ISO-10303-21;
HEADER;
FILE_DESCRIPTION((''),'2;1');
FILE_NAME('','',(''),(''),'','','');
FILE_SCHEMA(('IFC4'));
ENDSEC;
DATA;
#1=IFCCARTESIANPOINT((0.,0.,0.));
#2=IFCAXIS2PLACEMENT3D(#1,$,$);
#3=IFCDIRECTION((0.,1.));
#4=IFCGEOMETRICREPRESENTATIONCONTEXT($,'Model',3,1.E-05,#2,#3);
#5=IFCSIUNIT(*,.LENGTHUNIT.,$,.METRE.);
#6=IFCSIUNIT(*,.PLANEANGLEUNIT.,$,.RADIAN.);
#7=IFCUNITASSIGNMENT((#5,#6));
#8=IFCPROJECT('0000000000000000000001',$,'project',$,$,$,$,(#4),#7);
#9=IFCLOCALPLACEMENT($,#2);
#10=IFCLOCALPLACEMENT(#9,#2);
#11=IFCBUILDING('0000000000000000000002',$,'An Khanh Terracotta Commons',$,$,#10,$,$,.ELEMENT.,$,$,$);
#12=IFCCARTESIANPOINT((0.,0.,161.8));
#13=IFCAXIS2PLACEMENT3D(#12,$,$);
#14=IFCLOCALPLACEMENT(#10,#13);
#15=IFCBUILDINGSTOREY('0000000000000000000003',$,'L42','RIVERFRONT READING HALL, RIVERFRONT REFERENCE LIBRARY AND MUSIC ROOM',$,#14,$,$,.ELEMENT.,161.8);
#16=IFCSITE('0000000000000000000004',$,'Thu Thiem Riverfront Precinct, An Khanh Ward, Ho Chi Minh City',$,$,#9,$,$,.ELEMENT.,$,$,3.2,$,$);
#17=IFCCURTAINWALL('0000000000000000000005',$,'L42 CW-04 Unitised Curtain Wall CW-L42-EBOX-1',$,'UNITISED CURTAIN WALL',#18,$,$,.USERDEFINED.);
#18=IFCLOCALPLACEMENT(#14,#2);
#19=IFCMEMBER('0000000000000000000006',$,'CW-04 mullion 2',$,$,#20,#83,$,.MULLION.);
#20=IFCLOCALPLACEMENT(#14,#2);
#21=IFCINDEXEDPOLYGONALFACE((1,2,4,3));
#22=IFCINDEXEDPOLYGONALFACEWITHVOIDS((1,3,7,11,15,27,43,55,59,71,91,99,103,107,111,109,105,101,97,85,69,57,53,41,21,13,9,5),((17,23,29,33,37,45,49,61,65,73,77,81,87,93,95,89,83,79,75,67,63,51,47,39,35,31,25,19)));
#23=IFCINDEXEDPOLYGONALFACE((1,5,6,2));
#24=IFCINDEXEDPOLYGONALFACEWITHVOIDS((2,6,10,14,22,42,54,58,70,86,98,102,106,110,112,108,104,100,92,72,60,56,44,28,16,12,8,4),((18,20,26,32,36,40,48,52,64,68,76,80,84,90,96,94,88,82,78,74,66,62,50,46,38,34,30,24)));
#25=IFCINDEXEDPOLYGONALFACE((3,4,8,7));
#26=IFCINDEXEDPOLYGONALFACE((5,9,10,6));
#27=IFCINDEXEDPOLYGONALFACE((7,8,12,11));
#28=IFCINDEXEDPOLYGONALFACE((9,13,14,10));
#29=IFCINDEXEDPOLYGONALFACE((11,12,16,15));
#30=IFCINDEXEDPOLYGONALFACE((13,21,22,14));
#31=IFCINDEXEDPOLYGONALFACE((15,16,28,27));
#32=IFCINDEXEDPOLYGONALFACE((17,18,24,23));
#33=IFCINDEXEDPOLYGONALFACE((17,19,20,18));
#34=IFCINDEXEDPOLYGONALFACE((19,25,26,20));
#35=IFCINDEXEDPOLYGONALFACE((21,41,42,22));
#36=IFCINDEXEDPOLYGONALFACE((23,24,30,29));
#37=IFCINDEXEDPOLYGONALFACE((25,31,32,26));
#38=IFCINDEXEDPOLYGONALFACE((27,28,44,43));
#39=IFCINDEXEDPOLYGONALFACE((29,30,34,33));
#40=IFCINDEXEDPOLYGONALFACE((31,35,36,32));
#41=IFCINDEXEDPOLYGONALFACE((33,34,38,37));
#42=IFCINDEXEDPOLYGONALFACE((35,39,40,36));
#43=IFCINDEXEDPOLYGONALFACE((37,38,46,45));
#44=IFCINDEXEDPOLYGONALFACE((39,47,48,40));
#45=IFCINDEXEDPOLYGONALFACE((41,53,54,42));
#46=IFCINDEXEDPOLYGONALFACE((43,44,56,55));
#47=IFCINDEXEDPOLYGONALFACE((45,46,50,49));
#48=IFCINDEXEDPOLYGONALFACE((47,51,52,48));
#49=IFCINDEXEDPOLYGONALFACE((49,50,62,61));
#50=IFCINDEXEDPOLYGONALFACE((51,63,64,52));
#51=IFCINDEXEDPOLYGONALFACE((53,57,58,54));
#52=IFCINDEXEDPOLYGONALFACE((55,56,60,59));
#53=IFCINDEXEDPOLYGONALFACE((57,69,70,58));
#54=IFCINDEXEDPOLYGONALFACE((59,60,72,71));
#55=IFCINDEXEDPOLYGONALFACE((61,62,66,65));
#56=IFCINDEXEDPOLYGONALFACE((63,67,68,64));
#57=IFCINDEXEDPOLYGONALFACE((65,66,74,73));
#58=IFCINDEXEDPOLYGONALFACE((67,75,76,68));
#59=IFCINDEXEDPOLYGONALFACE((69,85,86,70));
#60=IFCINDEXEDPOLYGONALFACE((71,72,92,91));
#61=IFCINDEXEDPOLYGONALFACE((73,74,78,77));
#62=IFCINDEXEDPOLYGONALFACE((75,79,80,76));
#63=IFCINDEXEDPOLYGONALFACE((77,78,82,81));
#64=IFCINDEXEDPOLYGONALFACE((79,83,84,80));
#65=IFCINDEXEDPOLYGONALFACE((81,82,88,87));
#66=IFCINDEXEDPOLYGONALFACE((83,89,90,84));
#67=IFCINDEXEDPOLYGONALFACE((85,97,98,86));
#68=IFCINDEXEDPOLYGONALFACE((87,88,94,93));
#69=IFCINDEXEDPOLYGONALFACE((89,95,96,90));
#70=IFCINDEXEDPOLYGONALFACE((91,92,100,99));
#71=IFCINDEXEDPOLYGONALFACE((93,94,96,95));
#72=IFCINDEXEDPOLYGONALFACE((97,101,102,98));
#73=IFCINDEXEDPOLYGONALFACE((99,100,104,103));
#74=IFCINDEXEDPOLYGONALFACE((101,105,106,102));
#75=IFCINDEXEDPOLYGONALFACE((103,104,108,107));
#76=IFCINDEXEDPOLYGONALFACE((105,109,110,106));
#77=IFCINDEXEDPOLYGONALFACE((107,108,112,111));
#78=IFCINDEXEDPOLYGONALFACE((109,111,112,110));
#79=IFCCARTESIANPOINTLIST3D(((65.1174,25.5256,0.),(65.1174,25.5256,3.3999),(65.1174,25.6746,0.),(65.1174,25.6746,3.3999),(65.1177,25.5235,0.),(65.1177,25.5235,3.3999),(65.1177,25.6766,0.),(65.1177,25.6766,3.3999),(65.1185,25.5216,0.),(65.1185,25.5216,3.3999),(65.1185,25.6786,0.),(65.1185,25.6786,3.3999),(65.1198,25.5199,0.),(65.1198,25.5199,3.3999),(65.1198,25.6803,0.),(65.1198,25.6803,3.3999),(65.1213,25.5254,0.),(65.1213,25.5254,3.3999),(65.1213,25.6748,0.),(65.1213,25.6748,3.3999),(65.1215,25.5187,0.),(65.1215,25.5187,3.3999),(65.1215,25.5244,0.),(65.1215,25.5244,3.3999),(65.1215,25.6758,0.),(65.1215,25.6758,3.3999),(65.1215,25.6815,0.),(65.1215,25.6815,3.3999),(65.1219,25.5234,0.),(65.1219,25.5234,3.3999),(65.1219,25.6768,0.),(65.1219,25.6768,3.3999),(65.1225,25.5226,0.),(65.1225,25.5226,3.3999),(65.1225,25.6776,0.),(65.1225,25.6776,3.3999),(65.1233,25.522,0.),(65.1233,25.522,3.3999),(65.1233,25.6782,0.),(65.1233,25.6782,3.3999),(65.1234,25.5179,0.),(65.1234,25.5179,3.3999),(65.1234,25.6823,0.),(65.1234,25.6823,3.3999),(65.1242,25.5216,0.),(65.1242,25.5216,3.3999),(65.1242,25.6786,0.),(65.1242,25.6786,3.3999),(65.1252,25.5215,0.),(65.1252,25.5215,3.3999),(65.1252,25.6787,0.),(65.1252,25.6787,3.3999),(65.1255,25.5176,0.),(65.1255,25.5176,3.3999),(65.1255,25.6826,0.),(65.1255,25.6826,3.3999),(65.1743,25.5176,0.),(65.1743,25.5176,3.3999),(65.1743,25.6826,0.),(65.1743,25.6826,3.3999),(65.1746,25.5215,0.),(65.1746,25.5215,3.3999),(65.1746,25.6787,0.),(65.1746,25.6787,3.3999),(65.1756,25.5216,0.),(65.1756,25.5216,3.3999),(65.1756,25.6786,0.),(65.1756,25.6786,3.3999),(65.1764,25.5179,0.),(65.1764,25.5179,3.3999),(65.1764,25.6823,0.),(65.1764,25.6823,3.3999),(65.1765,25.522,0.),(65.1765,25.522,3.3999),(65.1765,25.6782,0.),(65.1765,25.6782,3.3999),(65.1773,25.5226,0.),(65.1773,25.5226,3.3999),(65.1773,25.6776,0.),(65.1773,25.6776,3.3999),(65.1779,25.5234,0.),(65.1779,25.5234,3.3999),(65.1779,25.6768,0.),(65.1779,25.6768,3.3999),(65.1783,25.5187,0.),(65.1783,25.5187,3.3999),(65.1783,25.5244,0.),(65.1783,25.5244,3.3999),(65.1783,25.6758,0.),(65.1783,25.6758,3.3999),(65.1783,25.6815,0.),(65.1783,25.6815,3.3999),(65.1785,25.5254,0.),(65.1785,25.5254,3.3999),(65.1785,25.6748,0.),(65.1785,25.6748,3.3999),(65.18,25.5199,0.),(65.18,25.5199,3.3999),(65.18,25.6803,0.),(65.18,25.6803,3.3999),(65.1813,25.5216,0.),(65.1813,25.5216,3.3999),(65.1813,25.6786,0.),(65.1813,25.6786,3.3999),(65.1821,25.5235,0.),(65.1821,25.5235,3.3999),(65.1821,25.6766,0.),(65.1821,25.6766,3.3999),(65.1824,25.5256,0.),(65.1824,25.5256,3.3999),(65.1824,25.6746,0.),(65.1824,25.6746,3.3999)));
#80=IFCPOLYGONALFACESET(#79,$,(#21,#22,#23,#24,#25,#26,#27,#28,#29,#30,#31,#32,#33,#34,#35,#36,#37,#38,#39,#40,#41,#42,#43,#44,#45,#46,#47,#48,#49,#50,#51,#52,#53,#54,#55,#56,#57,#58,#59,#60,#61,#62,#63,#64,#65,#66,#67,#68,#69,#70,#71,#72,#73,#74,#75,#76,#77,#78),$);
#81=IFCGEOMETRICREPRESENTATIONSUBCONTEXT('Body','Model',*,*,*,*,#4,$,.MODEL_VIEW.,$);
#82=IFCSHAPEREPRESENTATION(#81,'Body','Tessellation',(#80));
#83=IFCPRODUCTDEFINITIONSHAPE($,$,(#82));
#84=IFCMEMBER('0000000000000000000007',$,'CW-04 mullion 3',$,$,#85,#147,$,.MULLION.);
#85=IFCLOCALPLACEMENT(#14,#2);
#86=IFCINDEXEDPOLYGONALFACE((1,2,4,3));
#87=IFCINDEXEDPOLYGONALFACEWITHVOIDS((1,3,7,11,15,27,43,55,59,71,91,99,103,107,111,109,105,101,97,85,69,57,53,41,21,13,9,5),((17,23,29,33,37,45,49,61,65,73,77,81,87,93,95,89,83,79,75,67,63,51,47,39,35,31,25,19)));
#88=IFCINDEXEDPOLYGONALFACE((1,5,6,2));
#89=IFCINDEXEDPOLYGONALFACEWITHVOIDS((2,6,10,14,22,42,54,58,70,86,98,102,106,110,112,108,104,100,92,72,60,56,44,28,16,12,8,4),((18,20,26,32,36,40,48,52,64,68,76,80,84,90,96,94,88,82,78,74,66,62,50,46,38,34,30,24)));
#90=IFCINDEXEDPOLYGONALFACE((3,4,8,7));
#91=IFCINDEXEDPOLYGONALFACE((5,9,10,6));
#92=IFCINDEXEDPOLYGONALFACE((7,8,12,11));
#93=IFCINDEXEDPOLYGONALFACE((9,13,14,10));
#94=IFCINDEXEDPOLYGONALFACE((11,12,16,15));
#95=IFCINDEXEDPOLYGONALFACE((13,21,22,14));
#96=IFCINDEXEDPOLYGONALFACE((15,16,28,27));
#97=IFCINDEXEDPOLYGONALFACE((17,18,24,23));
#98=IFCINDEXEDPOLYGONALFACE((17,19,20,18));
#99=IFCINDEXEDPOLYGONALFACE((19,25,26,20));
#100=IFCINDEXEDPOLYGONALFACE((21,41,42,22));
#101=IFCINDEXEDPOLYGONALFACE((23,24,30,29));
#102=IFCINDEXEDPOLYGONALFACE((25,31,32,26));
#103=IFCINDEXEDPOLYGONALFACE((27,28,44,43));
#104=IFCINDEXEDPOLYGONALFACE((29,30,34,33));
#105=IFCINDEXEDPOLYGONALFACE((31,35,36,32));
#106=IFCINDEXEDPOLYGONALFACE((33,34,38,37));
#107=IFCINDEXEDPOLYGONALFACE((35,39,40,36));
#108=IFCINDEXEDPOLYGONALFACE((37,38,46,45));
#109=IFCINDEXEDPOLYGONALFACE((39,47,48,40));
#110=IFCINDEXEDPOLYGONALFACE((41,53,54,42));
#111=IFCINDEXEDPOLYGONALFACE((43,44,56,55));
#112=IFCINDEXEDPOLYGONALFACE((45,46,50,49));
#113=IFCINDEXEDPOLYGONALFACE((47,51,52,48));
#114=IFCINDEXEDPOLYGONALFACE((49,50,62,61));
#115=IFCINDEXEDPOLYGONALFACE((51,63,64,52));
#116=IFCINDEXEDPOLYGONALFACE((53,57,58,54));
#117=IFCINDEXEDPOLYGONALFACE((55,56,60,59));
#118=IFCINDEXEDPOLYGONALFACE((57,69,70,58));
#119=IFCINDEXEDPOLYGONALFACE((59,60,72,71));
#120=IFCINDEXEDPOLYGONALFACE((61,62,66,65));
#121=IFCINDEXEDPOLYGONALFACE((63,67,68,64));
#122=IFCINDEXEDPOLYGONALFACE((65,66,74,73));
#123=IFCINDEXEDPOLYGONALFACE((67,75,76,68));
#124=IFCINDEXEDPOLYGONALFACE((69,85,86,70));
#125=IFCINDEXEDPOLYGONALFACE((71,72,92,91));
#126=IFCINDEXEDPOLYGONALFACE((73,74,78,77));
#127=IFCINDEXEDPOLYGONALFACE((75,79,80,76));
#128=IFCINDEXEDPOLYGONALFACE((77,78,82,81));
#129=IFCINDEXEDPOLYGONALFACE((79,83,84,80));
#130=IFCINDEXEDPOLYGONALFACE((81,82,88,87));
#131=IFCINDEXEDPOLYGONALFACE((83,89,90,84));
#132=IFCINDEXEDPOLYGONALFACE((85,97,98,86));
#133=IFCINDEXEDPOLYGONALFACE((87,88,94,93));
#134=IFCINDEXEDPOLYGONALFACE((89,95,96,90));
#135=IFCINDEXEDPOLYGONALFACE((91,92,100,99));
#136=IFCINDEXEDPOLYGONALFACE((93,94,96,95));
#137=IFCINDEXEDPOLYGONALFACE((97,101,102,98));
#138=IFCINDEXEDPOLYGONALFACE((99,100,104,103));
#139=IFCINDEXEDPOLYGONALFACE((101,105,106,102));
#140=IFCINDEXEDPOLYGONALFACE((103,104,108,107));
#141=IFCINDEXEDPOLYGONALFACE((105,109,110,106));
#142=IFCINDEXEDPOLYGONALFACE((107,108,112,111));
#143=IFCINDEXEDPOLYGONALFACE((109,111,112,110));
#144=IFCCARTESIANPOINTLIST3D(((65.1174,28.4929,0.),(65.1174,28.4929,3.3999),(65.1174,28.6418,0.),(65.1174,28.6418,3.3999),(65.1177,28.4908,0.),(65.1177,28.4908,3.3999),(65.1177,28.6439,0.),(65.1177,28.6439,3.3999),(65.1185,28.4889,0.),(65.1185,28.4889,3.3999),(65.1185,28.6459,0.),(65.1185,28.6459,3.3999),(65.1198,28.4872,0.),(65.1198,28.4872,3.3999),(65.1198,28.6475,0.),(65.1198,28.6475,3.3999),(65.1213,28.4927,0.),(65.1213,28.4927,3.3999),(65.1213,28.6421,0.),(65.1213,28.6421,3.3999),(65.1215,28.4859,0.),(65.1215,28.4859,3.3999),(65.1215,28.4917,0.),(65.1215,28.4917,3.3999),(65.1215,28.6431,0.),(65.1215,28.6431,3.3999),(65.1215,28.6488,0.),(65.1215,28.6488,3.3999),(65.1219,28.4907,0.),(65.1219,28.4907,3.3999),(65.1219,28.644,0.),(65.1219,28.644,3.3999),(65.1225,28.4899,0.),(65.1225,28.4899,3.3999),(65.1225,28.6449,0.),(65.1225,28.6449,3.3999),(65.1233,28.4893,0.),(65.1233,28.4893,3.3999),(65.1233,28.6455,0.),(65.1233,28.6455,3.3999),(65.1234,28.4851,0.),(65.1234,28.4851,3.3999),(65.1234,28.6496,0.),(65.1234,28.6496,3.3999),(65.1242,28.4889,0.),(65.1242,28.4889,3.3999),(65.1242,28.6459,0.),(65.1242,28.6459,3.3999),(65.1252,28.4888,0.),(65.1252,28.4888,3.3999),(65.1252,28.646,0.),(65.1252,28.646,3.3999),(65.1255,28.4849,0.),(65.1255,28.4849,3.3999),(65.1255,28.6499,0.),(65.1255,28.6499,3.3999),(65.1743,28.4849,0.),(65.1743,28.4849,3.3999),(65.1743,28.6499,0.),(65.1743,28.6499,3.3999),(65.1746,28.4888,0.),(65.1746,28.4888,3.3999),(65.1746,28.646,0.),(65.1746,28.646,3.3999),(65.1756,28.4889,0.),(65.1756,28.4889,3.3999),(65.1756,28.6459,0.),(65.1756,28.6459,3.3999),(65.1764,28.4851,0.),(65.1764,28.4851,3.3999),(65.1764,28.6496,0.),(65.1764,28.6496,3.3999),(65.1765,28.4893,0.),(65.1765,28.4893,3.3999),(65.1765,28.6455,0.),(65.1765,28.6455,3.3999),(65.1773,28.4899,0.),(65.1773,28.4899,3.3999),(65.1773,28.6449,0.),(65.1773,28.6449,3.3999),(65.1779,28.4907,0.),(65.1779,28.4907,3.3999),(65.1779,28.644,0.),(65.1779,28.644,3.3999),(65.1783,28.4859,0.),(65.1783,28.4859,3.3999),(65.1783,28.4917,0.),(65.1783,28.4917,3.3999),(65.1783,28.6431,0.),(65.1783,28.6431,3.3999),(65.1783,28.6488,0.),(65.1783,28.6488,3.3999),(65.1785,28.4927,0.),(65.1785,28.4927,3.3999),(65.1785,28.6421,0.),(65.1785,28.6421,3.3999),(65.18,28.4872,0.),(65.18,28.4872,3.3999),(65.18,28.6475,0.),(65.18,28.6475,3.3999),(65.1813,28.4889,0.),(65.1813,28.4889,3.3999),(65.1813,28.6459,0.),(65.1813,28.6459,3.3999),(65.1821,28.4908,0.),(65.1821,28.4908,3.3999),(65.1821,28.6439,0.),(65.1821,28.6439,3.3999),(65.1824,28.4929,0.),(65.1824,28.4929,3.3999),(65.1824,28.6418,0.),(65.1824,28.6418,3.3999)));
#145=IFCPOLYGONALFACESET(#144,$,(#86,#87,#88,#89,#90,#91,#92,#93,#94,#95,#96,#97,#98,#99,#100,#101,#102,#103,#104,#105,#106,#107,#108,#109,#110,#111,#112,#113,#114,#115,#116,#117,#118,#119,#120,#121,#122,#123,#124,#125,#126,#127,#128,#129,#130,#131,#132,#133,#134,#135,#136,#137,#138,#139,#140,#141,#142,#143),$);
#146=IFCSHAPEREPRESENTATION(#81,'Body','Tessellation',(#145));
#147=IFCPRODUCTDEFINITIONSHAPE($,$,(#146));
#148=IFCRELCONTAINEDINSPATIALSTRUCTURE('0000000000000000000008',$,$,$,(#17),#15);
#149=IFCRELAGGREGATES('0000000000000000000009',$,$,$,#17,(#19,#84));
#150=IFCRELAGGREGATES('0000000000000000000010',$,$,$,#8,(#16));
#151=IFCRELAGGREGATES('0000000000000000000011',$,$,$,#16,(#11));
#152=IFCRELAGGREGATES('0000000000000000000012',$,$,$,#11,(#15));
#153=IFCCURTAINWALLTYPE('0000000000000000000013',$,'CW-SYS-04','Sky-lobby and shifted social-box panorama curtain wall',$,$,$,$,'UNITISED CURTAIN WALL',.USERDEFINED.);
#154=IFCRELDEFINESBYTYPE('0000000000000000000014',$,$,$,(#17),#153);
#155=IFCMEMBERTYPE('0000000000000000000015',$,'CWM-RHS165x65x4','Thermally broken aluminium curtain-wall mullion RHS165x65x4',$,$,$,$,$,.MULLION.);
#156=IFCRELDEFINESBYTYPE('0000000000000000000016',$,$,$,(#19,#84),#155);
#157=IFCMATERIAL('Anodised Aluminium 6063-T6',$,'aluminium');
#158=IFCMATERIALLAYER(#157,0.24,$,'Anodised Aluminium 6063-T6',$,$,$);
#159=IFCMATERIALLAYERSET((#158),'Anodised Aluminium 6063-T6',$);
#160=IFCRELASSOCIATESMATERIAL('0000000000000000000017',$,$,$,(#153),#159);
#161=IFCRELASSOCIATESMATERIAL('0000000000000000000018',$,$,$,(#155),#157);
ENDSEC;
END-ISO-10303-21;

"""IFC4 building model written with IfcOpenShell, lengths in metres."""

from ifc_helpers import new_model, si_unit, direction, frame, origin, origin_2d, place, context, subcontext, project, spatial, hollow_rectangle, extrude, material, layer, layer_set, material_profile, profile_set, type_object, element, aggregate, save


model = new_model("IFC4")

# Units and contexts
model_context = context("Model", 3, precision=1e-05, world=origin(), true_north=direction((0.0, 1.0)))
body_context = subcontext(model_context, "Body", "Model", "MODEL_VIEW")
ifc_project = project(units=[si_unit("LENGTHUNIT", "METRE"), si_unit("PLANEANGLEUNIT", "RADIAN")], contexts=[model_context])

# Site, building, storey
site_placement = place(None, origin())
site = spatial("IfcSite", under=ifc_project, at=site_placement, Name="Thu Thiem Riverfront Precinct, An Khanh Ward, Ho Chi Minh City", CompositionType="ELEMENT", RefElevation=3.2)
building_placement = place(site_placement, origin())
building = spatial("IfcBuilding", under=site, at=building_placement, Name="An Khanh Terracotta Commons", CompositionType="ELEMENT")
storey_placement = place(building_placement, frame((0.0, 0.0, 161.8)))
storey = spatial("IfcBuildingStorey", under=building, at=storey_placement, Name="L42", Description="RIVERFRONT READING HALL, RIVERFRONT REFERENCE LIBRARY AND MUSIC ROOM", CompositionType="ELEMENT", Elevation=161.8)

# Curtain wall, members
ifc_material_1 = material(Name="Anodised Aluminium 6063-T6", Category="aluminium")
ifc_layer_1 = layer(ifc_material_1, 0.24, Name="Anodised Aluminium 6063-T6")
ifc_layer_set_1 = layer_set([ifc_layer_1], Name="Anodised Aluminium 6063-T6")
curtain_wall_type_1 = type_object("IfcCurtainWallType", Name="CW-SYS-04", Description="Sky-lobby and shifted social-box panorama curtain wall", ElementType="UNITISED CURTAIN WALL", PredefinedType="USERDEFINED", material=ifc_layer_set_1)
curtain_wall_1_placement = place(storey_placement, origin())
curtain_wall_1 = element("IfcCurtainWall", 1, at=curtain_wall_1_placement, inside=storey, type_object=curtain_wall_type_1, Name="L42 CW-04 Unitised Curtain Wall CW-L42-EBOX-1", ObjectType="UNITISED CURTAIN WALL", PredefinedType="USERDEFINED")
ifc_material_profile_1 = material_profile(ifc_material_1, hollow_rectangle(XDim=0.0649, YDim=0.165, WallThickness=0.0039, InnerFilletRadius=0.0039, OuterFilletRadius=0.0081, at=origin_2d()), Name="RHS165x65x4")
ifc_profile_set_1 = profile_set([ifc_material_profile_1], Name="Anodised Aluminium 6063-T6")
member_type_1 = type_object("IfcMemberType", Name="CWM-RHS165x65x4", Description="Thermally broken aluminium curtain-wall mullion RHS165x65x4", PredefinedType="MULLION", material=ifc_profile_set_1)
member_1_placement = place(storey_placement, frame((65.1499, 25.6001, 0.0), z_axis=(0.0, 0.0, 1.0), x_axis=(-1.0, 0.0, 0.0)))
member_1 = element("IfcMember", 2, at=member_1_placement, type_object=member_type_1, Name="CW-04 mullion 2", PredefinedType="MULLION", context=body_context, shape_type="SweptSolid", body=[
    extrude(hollow_rectangle(XDim=0.0649, YDim=0.165, WallThickness=0.0039, InnerFilletRadius=0.0039, OuterFilletRadius=0.0081, at=origin_2d()), origin(), (0.0, 0.0, 1.0), 3.3999),
])
member_2_placement = place(storey_placement, frame((65.1499, 28.5674, 0.0), z_axis=(0.0, 0.0, 1.0), x_axis=(-1.0, 0.0, 0.0)))
member_2 = element("IfcMember", 3, at=member_2_placement, type_object=member_type_1, Name="CW-04 mullion 3", PredefinedType="MULLION", context=body_context, shape_type="SweptSolid", body=[
    extrude(hollow_rectangle(XDim=0.0649, YDim=0.165, WallThickness=0.0039, InnerFilletRadius=0.0039, OuterFilletRadius=0.0081, at=origin_2d()), origin(), (0.0, 0.0, 1.0), 3.3999),
])

aggregate(curtain_wall_1, [member_1, member_2])

save(model, "model.ifc")
